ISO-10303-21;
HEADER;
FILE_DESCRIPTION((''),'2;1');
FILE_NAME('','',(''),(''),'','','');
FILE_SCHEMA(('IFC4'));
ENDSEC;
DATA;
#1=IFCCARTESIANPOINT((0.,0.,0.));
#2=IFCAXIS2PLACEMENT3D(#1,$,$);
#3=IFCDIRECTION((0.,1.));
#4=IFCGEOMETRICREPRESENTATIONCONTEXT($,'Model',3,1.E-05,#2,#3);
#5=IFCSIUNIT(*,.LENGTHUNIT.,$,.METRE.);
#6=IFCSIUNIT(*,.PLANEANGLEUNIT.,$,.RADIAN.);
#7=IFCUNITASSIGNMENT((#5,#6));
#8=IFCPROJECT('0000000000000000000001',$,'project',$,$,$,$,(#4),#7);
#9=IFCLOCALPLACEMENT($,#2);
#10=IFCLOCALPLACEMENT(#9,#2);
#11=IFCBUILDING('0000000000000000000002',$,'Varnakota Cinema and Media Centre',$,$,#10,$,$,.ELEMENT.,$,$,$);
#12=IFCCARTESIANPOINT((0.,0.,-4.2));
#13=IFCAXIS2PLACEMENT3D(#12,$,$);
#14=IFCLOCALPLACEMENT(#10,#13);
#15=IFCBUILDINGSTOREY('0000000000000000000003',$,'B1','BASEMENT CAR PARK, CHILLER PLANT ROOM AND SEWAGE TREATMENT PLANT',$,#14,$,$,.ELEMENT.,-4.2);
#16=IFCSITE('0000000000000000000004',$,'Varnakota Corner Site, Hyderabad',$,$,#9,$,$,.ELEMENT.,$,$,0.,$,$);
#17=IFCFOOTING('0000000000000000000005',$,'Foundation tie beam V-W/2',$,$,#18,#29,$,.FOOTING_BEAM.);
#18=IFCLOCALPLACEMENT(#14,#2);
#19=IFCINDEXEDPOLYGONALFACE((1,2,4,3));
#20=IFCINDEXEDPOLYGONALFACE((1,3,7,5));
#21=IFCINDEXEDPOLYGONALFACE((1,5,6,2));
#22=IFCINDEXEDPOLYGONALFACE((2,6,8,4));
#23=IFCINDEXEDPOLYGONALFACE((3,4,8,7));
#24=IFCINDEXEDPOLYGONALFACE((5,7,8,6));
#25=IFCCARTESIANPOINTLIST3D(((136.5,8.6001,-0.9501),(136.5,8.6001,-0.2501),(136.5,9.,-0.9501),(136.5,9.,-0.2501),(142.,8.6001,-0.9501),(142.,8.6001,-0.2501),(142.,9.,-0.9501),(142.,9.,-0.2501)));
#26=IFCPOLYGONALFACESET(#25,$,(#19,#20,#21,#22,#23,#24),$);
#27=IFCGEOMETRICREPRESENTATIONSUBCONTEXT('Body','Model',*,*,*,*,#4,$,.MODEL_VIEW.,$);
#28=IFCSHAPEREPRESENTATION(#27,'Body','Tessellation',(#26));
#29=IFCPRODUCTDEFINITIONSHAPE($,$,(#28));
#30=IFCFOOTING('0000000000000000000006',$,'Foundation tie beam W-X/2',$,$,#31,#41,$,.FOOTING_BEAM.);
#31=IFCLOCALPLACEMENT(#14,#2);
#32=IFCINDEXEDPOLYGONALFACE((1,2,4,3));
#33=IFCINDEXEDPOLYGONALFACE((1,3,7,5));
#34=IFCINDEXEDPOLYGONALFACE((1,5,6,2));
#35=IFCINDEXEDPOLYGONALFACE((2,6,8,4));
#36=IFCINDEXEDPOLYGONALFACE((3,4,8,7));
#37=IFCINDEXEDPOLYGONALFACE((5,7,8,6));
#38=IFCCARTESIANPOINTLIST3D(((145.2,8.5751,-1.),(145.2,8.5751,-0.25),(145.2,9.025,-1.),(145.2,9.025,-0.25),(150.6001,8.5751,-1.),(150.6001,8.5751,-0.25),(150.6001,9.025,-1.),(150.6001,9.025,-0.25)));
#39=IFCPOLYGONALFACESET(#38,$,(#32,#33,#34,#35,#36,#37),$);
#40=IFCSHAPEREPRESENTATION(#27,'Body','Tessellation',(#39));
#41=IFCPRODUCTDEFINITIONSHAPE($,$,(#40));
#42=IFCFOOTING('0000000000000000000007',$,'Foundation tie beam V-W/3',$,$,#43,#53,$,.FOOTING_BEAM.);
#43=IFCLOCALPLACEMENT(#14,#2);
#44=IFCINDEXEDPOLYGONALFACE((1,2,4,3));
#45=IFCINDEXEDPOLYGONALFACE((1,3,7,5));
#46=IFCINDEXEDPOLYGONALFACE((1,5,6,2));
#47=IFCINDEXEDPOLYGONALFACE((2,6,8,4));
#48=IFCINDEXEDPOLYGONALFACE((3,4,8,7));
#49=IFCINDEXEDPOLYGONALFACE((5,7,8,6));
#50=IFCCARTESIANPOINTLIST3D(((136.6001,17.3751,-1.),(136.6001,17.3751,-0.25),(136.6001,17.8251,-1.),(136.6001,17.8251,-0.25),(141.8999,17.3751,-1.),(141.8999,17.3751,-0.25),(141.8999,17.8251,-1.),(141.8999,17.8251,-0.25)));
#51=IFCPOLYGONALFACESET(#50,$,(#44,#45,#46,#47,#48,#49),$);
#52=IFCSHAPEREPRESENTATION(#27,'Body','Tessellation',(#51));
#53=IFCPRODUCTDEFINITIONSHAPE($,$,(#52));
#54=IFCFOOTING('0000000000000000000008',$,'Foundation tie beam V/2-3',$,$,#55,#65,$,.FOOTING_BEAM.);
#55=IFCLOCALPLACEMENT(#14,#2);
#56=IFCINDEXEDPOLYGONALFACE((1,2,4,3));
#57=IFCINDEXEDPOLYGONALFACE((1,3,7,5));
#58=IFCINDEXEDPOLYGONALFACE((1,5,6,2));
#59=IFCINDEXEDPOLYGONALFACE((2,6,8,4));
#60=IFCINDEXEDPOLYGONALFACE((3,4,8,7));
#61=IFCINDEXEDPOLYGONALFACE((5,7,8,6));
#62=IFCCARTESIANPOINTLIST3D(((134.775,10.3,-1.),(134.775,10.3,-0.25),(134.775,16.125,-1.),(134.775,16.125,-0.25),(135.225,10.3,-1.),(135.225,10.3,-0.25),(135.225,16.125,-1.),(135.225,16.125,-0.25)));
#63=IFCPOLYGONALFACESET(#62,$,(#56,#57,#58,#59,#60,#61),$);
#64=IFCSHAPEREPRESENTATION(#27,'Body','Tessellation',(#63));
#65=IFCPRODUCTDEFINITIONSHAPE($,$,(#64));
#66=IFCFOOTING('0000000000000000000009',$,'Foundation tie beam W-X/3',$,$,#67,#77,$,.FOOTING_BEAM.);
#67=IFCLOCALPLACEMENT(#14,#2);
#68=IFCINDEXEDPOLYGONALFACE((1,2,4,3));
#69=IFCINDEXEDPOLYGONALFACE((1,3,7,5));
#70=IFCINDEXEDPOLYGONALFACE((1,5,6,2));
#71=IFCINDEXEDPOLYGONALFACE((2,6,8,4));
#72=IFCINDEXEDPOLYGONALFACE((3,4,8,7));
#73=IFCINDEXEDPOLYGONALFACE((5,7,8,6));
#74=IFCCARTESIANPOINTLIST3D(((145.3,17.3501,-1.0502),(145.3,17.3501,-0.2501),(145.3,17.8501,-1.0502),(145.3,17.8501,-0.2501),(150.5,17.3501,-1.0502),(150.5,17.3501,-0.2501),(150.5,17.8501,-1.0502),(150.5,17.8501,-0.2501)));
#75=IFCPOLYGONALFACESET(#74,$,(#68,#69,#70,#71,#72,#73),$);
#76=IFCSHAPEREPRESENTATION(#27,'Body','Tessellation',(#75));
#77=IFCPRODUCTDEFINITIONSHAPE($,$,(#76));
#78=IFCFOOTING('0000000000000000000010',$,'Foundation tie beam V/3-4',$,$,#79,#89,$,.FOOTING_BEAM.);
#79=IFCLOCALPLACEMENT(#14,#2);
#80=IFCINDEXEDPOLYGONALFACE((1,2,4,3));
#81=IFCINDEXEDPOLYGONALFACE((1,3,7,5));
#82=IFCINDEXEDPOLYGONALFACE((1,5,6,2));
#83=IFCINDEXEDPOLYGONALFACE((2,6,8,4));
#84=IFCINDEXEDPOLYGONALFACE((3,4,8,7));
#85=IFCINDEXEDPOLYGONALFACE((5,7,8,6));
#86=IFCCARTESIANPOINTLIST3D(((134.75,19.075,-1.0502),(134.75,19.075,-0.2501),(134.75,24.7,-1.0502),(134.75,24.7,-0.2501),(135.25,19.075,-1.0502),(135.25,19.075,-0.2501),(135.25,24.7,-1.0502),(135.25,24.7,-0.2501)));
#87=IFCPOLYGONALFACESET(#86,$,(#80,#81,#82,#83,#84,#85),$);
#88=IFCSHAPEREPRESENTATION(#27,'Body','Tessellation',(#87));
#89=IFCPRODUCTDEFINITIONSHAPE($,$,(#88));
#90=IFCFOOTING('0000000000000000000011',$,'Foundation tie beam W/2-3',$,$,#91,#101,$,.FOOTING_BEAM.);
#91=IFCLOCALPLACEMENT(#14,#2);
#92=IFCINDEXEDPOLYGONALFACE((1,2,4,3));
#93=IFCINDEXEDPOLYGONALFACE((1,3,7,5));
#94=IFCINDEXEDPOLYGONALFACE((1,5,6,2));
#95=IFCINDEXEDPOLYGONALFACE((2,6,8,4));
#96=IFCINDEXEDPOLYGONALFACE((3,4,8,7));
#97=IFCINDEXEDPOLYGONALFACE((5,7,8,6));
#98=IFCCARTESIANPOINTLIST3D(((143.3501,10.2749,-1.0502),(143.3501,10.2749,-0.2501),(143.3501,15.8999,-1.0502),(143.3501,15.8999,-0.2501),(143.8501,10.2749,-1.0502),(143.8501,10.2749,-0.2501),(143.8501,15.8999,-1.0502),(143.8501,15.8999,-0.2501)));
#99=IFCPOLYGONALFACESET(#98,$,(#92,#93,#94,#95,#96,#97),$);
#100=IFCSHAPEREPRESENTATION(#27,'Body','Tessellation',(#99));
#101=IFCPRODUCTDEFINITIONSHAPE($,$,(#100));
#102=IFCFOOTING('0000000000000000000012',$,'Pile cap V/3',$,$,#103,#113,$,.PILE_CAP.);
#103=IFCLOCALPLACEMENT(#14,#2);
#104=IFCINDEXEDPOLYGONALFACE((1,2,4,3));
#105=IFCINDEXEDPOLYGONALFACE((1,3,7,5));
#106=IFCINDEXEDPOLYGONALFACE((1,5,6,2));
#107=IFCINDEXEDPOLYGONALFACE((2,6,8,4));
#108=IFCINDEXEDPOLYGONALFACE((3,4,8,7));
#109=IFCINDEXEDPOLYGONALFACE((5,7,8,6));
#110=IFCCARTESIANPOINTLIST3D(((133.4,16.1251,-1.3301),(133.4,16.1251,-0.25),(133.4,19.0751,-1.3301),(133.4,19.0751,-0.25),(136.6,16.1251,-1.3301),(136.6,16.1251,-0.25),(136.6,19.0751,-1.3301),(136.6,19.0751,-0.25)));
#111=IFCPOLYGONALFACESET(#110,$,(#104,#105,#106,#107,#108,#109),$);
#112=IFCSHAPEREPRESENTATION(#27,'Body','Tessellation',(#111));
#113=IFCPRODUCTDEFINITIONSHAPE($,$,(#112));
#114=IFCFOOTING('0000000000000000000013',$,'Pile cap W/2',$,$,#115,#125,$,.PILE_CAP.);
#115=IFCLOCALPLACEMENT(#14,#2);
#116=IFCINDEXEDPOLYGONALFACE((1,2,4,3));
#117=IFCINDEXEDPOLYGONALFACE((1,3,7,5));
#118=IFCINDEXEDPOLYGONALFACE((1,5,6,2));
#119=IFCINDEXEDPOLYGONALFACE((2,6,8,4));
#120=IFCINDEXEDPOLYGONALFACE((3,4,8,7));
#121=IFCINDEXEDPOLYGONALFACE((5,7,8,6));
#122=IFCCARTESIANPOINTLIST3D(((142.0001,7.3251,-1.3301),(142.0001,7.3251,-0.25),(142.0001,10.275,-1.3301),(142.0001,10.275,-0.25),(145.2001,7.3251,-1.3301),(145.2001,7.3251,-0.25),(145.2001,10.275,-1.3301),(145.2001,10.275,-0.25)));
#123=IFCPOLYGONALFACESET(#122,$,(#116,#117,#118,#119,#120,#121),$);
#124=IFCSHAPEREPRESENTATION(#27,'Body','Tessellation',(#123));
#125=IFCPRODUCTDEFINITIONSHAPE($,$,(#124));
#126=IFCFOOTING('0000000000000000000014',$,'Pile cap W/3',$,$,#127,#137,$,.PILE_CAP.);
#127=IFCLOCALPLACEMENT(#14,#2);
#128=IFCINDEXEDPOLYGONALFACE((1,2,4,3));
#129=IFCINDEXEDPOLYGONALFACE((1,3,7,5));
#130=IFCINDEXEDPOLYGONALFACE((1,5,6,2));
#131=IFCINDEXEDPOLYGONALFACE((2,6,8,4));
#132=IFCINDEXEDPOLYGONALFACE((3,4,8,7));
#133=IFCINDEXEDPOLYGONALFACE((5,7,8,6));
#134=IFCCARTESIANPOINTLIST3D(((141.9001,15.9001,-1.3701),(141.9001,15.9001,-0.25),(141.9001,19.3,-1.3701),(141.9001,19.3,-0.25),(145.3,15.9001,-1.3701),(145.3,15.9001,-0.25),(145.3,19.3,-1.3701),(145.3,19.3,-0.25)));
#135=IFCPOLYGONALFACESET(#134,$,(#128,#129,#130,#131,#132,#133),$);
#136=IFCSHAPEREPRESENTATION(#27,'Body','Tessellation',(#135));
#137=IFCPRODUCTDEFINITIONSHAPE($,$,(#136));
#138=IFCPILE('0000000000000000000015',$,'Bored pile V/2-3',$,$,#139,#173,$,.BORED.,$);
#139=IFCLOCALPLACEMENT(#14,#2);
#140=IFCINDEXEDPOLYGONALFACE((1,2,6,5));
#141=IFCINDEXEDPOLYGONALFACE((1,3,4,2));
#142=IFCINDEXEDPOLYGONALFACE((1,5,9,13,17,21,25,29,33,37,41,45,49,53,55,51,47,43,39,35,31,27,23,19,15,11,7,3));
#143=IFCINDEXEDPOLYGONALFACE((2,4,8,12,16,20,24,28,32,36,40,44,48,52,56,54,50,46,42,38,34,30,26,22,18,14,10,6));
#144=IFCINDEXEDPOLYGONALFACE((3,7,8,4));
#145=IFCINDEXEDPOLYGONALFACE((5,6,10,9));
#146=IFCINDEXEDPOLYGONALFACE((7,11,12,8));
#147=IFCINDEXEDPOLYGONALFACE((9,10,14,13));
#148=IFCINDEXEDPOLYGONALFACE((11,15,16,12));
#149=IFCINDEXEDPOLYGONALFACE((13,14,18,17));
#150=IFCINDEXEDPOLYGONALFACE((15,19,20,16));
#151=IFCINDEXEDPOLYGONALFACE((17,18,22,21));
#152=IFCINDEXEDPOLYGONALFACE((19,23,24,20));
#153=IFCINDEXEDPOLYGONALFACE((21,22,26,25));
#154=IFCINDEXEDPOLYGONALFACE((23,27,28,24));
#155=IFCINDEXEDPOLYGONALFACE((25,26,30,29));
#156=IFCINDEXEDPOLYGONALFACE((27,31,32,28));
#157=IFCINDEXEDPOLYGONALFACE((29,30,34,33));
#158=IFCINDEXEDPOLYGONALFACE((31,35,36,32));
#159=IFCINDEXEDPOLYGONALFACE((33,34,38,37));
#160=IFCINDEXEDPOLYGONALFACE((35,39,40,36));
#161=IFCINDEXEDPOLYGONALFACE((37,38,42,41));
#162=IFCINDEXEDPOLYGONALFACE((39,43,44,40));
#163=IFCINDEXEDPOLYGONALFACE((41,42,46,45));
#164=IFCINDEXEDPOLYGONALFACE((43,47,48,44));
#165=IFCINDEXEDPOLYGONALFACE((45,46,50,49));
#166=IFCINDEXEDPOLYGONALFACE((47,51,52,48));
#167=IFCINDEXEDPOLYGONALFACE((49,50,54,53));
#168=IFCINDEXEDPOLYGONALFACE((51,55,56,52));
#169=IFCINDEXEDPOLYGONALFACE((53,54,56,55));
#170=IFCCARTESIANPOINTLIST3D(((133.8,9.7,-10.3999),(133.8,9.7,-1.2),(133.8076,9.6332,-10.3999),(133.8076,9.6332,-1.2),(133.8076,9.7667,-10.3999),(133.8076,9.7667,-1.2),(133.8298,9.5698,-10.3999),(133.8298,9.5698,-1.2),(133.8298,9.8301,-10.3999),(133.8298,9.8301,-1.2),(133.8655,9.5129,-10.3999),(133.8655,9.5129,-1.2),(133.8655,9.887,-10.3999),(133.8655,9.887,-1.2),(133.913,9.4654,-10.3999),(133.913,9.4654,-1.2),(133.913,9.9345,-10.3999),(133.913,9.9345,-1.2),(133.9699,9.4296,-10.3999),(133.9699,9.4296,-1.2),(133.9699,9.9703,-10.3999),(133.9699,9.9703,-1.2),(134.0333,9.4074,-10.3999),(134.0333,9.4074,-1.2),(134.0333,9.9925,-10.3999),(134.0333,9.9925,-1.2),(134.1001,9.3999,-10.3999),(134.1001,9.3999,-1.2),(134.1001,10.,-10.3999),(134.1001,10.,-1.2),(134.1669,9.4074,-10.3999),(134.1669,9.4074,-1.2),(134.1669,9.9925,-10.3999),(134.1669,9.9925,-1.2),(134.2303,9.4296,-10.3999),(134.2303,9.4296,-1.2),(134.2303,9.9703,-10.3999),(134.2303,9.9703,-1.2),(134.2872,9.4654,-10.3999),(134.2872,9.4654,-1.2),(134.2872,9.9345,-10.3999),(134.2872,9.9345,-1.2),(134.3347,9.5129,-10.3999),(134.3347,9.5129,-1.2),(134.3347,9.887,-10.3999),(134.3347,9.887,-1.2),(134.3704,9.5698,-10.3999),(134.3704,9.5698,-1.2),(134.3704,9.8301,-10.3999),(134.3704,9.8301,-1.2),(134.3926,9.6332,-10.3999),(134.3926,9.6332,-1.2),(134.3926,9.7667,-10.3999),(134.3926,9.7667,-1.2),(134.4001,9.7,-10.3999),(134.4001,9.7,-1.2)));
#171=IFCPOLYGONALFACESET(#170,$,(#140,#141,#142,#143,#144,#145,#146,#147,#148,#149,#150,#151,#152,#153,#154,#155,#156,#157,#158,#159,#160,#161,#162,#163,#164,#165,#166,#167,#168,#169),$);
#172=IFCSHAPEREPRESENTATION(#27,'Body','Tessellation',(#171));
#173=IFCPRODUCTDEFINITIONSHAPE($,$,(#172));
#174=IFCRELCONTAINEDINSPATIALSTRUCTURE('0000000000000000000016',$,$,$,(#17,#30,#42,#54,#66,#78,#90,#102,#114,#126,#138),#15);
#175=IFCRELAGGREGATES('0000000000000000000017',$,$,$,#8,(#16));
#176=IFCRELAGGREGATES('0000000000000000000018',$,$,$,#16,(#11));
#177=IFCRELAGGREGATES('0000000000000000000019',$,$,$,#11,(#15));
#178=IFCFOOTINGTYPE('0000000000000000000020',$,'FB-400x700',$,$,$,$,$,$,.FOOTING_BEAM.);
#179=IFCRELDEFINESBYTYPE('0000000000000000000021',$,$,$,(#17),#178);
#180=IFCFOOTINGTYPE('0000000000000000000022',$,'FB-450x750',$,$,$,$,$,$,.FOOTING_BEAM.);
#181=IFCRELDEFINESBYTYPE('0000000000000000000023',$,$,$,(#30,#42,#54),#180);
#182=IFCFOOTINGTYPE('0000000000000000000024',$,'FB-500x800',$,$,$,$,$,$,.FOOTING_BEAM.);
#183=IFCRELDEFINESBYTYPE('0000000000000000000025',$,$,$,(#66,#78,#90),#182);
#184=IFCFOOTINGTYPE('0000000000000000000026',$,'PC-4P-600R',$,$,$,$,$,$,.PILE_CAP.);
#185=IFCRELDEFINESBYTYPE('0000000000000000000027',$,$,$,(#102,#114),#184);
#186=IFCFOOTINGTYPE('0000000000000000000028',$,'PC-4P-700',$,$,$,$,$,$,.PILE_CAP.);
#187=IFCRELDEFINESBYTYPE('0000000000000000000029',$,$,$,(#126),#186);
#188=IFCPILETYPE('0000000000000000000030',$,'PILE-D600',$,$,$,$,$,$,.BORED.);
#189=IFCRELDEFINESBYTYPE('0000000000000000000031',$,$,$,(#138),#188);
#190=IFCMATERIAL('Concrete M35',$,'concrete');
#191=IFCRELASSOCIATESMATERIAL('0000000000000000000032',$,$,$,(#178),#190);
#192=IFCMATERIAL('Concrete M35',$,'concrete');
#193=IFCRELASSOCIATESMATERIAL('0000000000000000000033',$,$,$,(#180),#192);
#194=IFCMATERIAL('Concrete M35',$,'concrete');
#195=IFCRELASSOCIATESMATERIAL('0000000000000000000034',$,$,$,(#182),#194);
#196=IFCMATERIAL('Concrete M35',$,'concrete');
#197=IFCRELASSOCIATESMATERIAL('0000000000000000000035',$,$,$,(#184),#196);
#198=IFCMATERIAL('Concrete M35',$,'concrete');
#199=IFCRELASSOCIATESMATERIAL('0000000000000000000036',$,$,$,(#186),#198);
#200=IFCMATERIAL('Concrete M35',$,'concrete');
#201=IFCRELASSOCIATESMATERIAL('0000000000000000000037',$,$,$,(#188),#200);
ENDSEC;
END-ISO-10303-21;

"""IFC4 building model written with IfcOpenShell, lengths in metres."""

from ifc_helpers import new_model, si_unit, direction, frame, origin, origin_2d, place, context, subcontext, project, spatial, rectangle, circle, extrude, material, material_profile, profile_set, type_object, element, save


model = new_model("IFC4")

# Units and contexts
model_context = context("Model", 3, precision=1e-05, world=origin(), true_north=direction((0.0, 1.0)))
body_context = subcontext(model_context, "Body", "Model", "MODEL_VIEW")
ifc_project = project(units=[si_unit("LENGTHUNIT", "METRE"), si_unit("PLANEANGLEUNIT", "RADIAN")], contexts=[model_context])

# Site, building, storey
site_placement = place(None, origin())
site = spatial("IfcSite", under=ifc_project, at=site_placement, Name="Varnakota Corner Site, Hyderabad", CompositionType="ELEMENT", RefElevation=0.0)
building_placement = place(site_placement, origin())
building = spatial("IfcBuilding", under=site, at=building_placement, Name="Varnakota Cinema and Media Centre", CompositionType="ELEMENT")
storey_placement = place(building_placement, frame((0.0, 0.0, -4.2)))
storey = spatial("IfcBuildingStorey", under=building, at=storey_placement, Name="B1", Description="BASEMENT CAR PARK, CHILLER PLANT ROOM AND SEWAGE TREATMENT PLANT", CompositionType="ELEMENT", Elevation=-4.2)

# Footings
ifc_material_1 = material(Name="Concrete M35", Category="concrete")
ifc_material_profile_1 = material_profile(ifc_material_1, rectangle(XDim=0.3999, YDim=0.7, at=origin_2d()), Name="FB 400x700")
ifc_profile_set_1 = profile_set([ifc_material_profile_1], Name="Concrete M35")
footing_type_1 = type_object("IfcFootingType", Name="FB-400x700", PredefinedType="FOOTING_BEAM", material=ifc_profile_set_1)
footing_1_placement = place(storey_placement, frame((136.5, 8.8, -0.6001), z_axis=(1.0, 0.0, 0.0), x_axis=(0.0, 1.0, 0.0)))
element("IfcFooting", 1, at=footing_1_placement, inside=storey, type_object=footing_type_1, Name="Foundation tie beam V-W/2", PredefinedType="FOOTING_BEAM", context=body_context, shape_type="SweptSolid", body=[
    extrude(rectangle(XDim=0.3999, YDim=0.7, at=origin_2d()), origin(), (0.0, 0.0, 1.0), 5.5),
])
ifc_material_2 = material(Name="Concrete M35", Category="concrete")
ifc_material_profile_2 = material_profile(ifc_material_2, rectangle(XDim=0.45, YDim=0.75, at=origin_2d()), Name="FB 450x750")
ifc_profile_set_2 = profile_set([ifc_material_profile_2], Name="Concrete M35")
footing_type_2 = type_object("IfcFootingType", Name="FB-450x750", PredefinedType="FOOTING_BEAM", material=ifc_profile_set_2)
footing_2_placement = place(storey_placement, frame((145.2, 8.8, -0.625), z_axis=(1.0, 0.0, 0.0), x_axis=(0.0, 1.0, 0.0)))
element("IfcFooting", 2, at=footing_2_placement, inside=storey, type_object=footing_type_2, Name="Foundation tie beam W-X/2", PredefinedType="FOOTING_BEAM", context=body_context, shape_type="SweptSolid", body=[
    extrude(rectangle(XDim=0.45, YDim=0.75, at=origin_2d()), origin(), (0.0, 0.0, 1.0), 5.4001),
])
footing_3_placement = place(storey_placement, frame((136.6001, 17.6001, -0.625), z_axis=(1.0, 0.0, 0.0), x_axis=(0.0, 1.0, 0.0)))
element("IfcFooting", 3, at=footing_3_placement, inside=storey, type_object=footing_type_2, Name="Foundation tie beam V-W/3", PredefinedType="FOOTING_BEAM", context=body_context, shape_type="SweptSolid", body=[
    extrude(rectangle(XDim=0.45, YDim=0.75, at=origin_2d()), origin(), (0.0, 0.0, 1.0), 5.2998),
])
footing_4_placement = place(storey_placement, frame((135.0, 10.3, -0.625), z_axis=(0.0, 1.0, 0.0), x_axis=(-1.0, 0.0, 0.0)))
element("IfcFooting", 4, at=footing_4_placement, inside=storey, type_object=footing_type_2, Name="Foundation tie beam V/2-3", PredefinedType="FOOTING_BEAM", context=body_context, shape_type="SweptSolid", body=[
    extrude(rectangle(XDim=0.45, YDim=0.75, at=origin_2d()), origin(), (0.0, 0.0, 1.0), 5.825),
])
ifc_material_3 = material(Name="Concrete M35", Category="concrete")
ifc_material_profile_3 = material_profile(ifc_material_3, rectangle(XDim=0.5, YDim=0.8, at=origin_2d()), Name="FB 500x800")
ifc_profile_set_3 = profile_set([ifc_material_profile_3], Name="Concrete M35")
footing_type_3 = type_object("IfcFootingType", Name="FB-500x800", PredefinedType="FOOTING_BEAM", material=ifc_profile_set_3)
footing_5_placement = place(storey_placement, frame((145.3, 17.6001, -0.6501), z_axis=(1.0, 0.0, 0.0), x_axis=(0.0, 1.0, 0.0)))
element("IfcFooting", 5, at=footing_5_placement, inside=storey, type_object=footing_type_3, Name="Foundation tie beam W-X/3", PredefinedType="FOOTING_BEAM", context=body_context, shape_type="SweptSolid", body=[
    extrude(rectangle(XDim=0.5, YDim=0.8, at=origin_2d()), origin(), (0.0, 0.0, 1.0), 5.2),
])
for number, where, z_axis, x_axis, name in (
    (6, (135.0, 19.075, -0.6501), (0.0, 1.0, 0.0), (-1.0, 0.0, 0.0), "Foundation tie beam V/3-4"),
    (7, (143.6001, 10.2749, -0.6501), (0.0, 1.0, 0.0), (-1.0, 0.0, 0.0), "Foundation tie beam W/2-3"),
):
    element("IfcFooting", number, at=place(storey_placement, frame(where, z_axis=z_axis, x_axis=x_axis)), inside=storey, type_object=footing_type_3, Name=name, PredefinedType="FOOTING_BEAM", context=body_context, shape_type="SweptSolid", body=[
        extrude(rectangle(XDim=0.5, YDim=0.8, at=origin_2d()), origin(), (0.0, 0.0, 1.0), 5.625),
    ])
ifc_material_4 = material(Name="Concrete M35", Category="concrete")
footing_type_4 = type_object("IfcFootingType", Name="PC-4P-600R", PredefinedType="PILE_CAP", material=ifc_material_4)
for number, where, z_axis, x_axis, name in (
    (8, (135.0, 17.6001, -1.3301), (0.0, 0.0, 1.0), (1.0, 0.0, 0.0), "Pile cap V/3"),
    (9, (143.6001, 8.8, -1.3301), (0.0, 0.0, 1.0), (1.0, 0.0, 0.0), "Pile cap W/2"),
):
    element("IfcFooting", number, at=place(storey_placement, frame(where, z_axis=z_axis, x_axis=x_axis)), inside=storey, type_object=footing_type_4, Name=name, PredefinedType="PILE_CAP", context=body_context, shape_type="SweptSolid", body=[
        extrude(rectangle(XDim=3.2, YDim=2.95, at=origin_2d()), origin(), (0.0, 0.0, 1.0), 1.0801),
    ])
ifc_material_5 = material(Name="Concrete M35", Category="concrete")
footing_type_5 = type_object("IfcFootingType", Name="PC-4P-700", PredefinedType="PILE_CAP", material=ifc_material_5)
footing_6_placement = place(storey_placement, frame((143.6001, 17.6001, -1.3701), z_axis=(0.0, 0.0, 1.0), x_axis=(1.0, 0.0, 0.0)))
element("IfcFooting", 10, at=footing_6_placement, inside=storey, type_object=footing_type_5, Name="Pile cap W/3", PredefinedType="PILE_CAP", context=body_context, shape_type="SweptSolid", body=[
    extrude(rectangle(XDim=3.3999, YDim=3.3999, at=origin_2d()), origin(), (0.0, 0.0, 1.0), 1.1201),
])

# Pile
ifc_material_6 = material(Name="Concrete M35", Category="concrete")
ifc_material_profile_4 = material_profile(ifc_material_6, circle(Radius=0.3, at=origin_2d()), Name="PILE D600")
ifc_profile_set_4 = profile_set([ifc_material_profile_4], Name="Concrete M35")
pile_type_1 = type_object("IfcPileType", Name="PILE-D600", PredefinedType="BORED", material=ifc_profile_set_4)
for number, where, z_axis, x_axis, name in (
    (11, (134.1001, 9.7, -1.2), (0.0, 0.0, -1.0), (1.0, 0.0, 0.0), "Bored pile V/2-3"),
):
    element("IfcPile", number, at=place(storey_placement, frame(where, z_axis=z_axis, x_axis=x_axis)), inside=storey, type_object=pile_type_1, Name=name, PredefinedType="BORED", context=body_context, shape_type="SweptSolid", body=[
        extrude(circle(Radius=0.3, at=origin_2d()), origin(), (0.0, 0.0, 1.0), 9.2),
    ])

save(model, "model.ifc")
